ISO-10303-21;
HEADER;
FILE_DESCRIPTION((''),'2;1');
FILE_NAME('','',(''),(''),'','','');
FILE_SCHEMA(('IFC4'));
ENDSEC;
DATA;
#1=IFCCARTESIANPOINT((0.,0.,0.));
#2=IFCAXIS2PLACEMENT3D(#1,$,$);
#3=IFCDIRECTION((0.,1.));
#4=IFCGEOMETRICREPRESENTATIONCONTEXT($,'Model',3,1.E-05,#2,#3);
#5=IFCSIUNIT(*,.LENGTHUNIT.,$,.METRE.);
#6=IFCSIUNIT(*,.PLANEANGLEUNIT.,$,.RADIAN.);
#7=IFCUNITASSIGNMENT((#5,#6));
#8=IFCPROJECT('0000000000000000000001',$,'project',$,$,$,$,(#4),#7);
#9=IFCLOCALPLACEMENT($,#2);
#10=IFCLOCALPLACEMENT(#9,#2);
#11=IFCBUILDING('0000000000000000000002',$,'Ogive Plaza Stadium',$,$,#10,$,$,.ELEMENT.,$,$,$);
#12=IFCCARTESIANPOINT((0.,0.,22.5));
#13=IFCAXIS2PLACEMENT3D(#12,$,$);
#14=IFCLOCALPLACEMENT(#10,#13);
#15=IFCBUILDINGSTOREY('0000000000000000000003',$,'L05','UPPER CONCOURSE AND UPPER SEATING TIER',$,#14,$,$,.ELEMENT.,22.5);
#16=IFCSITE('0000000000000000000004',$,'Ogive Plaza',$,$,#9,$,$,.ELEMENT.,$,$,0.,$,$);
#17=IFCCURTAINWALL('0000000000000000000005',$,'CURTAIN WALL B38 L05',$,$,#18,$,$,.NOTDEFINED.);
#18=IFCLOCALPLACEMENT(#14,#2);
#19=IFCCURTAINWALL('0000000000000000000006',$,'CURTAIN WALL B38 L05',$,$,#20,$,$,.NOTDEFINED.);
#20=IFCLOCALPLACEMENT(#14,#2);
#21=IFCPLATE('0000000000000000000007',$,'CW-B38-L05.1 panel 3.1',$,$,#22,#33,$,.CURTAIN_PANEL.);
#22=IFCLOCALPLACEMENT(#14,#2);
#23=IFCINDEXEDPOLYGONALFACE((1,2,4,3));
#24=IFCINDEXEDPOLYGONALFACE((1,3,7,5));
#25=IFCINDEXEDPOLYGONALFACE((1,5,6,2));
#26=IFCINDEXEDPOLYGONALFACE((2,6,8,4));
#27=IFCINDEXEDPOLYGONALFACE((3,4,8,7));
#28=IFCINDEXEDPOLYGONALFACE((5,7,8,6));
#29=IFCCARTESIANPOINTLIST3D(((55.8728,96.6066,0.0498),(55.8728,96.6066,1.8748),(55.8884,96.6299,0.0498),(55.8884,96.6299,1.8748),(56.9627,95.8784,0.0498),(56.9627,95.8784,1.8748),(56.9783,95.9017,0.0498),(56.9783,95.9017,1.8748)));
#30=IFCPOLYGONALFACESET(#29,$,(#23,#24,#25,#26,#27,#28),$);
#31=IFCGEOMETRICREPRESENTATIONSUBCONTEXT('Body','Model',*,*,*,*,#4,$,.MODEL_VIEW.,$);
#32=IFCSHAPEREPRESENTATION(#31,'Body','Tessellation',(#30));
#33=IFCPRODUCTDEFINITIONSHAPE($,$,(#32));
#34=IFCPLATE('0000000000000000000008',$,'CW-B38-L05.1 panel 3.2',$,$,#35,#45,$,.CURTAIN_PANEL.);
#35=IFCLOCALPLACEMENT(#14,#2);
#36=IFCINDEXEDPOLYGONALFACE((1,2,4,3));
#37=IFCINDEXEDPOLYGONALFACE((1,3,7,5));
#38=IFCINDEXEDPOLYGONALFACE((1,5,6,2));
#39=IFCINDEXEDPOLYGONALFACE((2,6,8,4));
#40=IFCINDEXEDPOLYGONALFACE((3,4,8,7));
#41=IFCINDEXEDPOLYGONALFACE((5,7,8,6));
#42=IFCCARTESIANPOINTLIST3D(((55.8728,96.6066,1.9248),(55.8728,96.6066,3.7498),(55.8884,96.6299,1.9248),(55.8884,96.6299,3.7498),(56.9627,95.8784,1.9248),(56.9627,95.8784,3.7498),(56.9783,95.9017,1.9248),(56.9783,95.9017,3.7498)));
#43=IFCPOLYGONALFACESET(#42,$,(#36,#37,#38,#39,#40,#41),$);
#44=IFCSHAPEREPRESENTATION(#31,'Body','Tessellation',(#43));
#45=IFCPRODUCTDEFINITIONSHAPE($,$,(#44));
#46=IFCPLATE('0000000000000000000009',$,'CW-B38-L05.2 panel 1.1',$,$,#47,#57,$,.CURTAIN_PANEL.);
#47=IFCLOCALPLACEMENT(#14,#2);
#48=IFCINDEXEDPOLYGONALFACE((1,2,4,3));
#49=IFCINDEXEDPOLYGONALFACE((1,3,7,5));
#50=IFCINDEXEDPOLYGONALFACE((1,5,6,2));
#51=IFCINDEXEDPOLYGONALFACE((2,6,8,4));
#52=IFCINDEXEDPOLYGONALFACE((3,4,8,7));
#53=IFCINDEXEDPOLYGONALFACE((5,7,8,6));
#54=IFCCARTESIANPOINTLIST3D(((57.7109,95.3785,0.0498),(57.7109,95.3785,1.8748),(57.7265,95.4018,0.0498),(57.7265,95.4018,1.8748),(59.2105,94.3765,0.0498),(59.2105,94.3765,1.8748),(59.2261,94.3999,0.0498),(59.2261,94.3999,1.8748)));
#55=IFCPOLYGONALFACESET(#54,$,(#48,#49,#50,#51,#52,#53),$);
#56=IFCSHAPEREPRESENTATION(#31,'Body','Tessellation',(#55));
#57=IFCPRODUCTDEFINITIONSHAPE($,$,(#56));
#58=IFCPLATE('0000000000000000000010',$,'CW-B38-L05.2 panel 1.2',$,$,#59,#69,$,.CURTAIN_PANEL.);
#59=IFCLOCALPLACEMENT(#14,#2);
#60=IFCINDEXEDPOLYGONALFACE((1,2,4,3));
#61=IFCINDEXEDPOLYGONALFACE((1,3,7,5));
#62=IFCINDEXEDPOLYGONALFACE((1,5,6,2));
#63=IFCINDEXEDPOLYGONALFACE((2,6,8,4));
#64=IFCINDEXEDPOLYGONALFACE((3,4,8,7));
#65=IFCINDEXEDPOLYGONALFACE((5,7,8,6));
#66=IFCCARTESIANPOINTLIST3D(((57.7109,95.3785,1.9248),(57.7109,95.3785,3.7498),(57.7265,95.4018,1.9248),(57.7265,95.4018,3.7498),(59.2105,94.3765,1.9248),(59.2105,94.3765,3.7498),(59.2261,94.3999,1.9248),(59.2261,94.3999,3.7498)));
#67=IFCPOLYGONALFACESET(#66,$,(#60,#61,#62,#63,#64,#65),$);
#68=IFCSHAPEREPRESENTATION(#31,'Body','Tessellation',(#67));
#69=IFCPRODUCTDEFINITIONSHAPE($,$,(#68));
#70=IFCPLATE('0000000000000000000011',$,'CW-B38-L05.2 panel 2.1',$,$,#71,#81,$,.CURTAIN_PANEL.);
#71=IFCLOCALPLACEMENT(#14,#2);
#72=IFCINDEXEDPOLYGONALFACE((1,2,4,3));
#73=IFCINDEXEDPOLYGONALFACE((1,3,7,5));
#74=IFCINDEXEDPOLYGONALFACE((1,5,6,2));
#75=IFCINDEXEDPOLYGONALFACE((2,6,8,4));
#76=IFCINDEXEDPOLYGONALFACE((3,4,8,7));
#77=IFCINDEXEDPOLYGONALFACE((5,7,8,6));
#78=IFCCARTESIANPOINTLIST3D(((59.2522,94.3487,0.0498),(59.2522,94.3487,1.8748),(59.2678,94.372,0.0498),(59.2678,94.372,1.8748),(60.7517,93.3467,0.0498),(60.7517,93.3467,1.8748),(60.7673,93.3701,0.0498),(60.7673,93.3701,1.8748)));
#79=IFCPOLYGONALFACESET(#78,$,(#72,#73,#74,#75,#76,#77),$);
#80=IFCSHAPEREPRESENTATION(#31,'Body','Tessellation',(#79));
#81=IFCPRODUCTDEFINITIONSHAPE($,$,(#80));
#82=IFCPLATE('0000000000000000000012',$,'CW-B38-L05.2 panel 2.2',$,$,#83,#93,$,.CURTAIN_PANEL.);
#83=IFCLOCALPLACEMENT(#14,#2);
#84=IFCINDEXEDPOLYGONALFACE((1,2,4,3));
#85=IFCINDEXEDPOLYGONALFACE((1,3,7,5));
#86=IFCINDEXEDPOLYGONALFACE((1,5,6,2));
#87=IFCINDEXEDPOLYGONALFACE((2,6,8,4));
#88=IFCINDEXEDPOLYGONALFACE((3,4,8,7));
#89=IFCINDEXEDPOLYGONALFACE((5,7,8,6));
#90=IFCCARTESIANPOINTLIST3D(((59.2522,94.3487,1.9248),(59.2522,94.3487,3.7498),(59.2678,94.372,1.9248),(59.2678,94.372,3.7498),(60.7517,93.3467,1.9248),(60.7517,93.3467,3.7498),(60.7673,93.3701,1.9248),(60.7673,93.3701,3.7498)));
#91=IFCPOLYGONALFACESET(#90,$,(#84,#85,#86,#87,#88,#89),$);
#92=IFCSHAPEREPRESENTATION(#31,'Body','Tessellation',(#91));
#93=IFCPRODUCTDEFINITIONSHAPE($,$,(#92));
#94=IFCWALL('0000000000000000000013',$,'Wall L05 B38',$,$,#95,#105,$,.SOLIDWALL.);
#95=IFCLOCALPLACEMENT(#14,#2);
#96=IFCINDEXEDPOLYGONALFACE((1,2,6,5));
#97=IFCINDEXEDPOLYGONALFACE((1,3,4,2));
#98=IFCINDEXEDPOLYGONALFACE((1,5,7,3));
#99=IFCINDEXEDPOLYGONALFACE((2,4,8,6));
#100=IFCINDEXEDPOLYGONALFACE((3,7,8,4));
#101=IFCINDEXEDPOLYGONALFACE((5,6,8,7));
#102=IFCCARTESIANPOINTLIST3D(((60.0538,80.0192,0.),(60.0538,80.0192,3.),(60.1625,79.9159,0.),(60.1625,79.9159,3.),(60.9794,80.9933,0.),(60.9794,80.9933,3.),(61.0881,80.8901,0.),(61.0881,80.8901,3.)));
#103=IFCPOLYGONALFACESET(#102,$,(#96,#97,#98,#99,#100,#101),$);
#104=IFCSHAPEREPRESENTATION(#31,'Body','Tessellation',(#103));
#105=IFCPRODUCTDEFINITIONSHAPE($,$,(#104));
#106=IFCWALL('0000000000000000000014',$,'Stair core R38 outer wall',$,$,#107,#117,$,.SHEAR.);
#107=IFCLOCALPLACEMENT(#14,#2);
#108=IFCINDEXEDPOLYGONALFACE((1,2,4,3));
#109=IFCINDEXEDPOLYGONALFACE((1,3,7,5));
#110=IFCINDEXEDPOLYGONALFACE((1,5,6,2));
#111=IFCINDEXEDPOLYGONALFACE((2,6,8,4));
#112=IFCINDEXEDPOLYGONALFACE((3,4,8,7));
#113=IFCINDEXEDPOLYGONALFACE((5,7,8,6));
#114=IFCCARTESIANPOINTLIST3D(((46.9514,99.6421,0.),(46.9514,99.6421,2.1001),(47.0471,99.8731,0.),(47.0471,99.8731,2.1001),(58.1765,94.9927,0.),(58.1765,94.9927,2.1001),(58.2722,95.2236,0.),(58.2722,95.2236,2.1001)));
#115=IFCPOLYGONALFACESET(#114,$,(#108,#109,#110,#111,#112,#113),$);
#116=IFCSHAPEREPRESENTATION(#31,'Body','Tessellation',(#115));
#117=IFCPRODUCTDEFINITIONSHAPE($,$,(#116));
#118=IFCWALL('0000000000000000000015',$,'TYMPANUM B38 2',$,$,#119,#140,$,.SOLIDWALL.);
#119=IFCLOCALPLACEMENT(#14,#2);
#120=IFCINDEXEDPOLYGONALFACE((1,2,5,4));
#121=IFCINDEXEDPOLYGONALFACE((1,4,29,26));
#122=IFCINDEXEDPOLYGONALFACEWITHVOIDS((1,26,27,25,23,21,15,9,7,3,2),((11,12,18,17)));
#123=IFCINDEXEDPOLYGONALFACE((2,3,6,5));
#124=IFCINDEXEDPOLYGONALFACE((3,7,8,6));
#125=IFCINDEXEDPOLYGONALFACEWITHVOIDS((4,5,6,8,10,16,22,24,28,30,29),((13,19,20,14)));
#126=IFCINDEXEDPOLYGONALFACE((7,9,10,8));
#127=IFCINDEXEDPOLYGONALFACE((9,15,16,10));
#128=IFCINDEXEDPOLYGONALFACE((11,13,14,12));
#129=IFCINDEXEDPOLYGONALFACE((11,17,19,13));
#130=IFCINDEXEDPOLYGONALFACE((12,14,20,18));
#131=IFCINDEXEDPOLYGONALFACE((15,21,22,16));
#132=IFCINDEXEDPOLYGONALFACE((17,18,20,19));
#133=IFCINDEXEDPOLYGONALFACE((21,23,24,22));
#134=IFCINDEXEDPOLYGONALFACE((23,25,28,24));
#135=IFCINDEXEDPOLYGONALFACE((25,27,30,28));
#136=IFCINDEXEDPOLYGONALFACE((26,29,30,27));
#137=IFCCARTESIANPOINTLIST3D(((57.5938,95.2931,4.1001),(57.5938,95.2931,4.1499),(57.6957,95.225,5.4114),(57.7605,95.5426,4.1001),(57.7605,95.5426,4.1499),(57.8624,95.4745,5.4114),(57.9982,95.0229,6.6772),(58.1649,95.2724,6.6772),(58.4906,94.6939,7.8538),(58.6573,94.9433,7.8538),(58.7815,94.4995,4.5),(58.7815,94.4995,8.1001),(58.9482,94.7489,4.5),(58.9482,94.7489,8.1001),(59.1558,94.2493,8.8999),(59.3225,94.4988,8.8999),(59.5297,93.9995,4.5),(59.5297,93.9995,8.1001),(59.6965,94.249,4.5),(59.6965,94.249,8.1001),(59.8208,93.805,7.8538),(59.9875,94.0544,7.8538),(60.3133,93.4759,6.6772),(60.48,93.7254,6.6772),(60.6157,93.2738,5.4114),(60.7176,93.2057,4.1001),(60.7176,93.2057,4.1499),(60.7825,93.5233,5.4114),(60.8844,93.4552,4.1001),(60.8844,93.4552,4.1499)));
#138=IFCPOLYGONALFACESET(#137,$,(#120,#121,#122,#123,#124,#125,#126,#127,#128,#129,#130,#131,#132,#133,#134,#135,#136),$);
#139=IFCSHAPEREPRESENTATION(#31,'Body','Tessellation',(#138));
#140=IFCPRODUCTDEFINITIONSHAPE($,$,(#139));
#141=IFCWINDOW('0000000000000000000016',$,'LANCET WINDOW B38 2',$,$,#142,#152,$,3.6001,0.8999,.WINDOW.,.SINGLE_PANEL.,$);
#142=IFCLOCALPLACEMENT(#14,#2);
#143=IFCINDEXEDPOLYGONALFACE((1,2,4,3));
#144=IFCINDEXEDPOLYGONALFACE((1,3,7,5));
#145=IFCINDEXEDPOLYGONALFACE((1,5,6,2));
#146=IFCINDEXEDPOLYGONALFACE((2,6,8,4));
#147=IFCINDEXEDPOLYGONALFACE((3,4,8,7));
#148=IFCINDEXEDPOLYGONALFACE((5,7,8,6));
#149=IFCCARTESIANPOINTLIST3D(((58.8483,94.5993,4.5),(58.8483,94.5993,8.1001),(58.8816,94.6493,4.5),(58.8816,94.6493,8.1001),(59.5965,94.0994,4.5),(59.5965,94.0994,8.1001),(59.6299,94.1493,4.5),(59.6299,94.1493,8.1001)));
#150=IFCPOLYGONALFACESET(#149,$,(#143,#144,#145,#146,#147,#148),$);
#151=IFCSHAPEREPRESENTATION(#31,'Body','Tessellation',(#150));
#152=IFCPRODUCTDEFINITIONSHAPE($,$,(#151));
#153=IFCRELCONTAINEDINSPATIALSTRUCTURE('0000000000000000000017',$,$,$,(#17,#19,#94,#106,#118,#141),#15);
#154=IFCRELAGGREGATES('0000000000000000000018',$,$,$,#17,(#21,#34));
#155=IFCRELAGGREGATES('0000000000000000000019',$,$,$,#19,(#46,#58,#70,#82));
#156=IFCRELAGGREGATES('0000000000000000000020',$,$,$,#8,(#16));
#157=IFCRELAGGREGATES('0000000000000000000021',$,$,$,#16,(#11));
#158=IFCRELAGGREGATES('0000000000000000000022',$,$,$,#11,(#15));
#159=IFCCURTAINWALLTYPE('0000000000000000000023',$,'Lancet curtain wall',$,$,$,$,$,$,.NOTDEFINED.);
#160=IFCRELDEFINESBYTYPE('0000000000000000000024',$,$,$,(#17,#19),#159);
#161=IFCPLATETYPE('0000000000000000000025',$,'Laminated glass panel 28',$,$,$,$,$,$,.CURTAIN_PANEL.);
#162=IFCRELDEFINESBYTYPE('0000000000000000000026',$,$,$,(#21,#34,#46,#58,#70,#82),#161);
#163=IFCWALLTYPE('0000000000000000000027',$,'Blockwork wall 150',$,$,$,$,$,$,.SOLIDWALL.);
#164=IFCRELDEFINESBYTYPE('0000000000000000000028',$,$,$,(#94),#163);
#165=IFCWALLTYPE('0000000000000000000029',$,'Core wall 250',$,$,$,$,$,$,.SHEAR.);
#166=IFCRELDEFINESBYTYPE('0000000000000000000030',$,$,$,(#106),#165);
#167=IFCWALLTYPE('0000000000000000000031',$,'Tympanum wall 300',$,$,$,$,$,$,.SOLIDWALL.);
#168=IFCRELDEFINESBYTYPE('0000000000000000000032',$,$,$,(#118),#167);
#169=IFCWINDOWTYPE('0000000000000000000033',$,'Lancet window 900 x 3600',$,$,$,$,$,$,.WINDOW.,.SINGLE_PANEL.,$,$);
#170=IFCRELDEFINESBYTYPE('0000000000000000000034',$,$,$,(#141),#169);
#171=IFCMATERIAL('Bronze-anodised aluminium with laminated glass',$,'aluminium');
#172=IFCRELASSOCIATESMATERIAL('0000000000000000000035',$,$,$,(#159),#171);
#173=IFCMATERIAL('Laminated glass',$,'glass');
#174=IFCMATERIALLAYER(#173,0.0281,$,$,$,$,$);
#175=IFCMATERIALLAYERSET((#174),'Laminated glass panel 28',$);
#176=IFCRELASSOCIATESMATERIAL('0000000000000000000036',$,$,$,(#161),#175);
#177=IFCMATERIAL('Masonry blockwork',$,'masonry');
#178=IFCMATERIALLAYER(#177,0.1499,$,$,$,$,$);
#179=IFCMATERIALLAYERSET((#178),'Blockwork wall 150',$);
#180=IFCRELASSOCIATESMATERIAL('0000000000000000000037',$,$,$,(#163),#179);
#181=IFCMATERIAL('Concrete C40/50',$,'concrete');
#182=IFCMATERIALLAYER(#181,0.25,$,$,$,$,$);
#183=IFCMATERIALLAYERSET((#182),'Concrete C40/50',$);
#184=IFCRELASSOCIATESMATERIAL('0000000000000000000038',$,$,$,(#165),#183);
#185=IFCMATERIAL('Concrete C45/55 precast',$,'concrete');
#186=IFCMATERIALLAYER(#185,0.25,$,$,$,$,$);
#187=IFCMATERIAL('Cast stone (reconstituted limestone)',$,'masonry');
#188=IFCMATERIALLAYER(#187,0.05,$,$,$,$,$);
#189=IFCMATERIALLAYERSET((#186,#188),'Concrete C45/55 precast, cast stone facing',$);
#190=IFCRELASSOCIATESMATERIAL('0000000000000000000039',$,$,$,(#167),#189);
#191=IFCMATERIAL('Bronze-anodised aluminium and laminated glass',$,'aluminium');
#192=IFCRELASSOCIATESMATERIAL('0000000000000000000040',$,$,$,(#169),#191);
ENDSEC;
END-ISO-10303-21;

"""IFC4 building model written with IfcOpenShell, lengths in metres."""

from ifc_helpers import new_model, si_unit, direction, frame, frame_2d, origin, origin_2d, place, context, subcontext, project, spatial, polyline, rectangle, outline, extrude, material, layer, layer_set, type_object, element, fill, aggregate, save


model = new_model("IFC4")

# Units and contexts
model_context = context("Model", 3, precision=1e-05, world=origin(), true_north=direction((0.0, 1.0)))
body_context = subcontext(model_context, "Body", "Model", "MODEL_VIEW")
ifc_project = project(units=[si_unit("LENGTHUNIT", "METRE"), si_unit("PLANEANGLEUNIT", "RADIAN")], contexts=[model_context])

# Site, building, storey
site_placement = place(None, origin())
site = spatial("IfcSite", under=ifc_project, at=site_placement, Name="Ogive Plaza", CompositionType="ELEMENT", RefElevation=0.0)
building_placement = place(site_placement, origin())
building = spatial("IfcBuilding", under=site, at=building_placement, Name="Ogive Plaza Stadium", CompositionType="ELEMENT")
storey_placement = place(building_placement, frame((0.0, 0.0, 22.5)))
storey = spatial("IfcBuildingStorey", under=building, at=storey_placement, Name="L05", Description="UPPER CONCOURSE AND UPPER SEATING TIER", CompositionType="ELEMENT", Elevation=22.5)

# Curtain wall
ifc_material_1 = material(Name="Bronze-anodised aluminium with laminated glass", Category="aluminium")
curtain_wall_type = type_object("IfcCurtainWallType", Name="Lancet curtain wall", PredefinedType="NOTDEFINED", material=ifc_material_1)
curtain_wall_1_placement = place(storey_placement, origin())
curtain_wall_1 = element("IfcCurtainWall", 1, at=curtain_wall_1_placement, inside=storey, type_object=curtain_wall_type, Name="CURTAIN WALL B38 L05", PredefinedType="NOTDEFINED")

# Curtain wall
curtain_wall_2_placement = place(storey_placement, origin())
curtain_wall_2 = element("IfcCurtainWall", 2, at=curtain_wall_2_placement, inside=storey, type_object=curtain_wall_type, Name="CURTAIN WALL B38 L05", PredefinedType="NOTDEFINED")

# Plates
ifc_material_2 = material(Name="Laminated glass", Category="glass")
ifc_layer_1 = layer(ifc_material_2, 0.0281)
ifc_layer_set_1 = layer_set([ifc_layer_1], Name="Laminated glass panel 28")
plate_type = type_object("IfcPlateType", Name="Laminated glass panel 28", PredefinedType="CURTAIN_PANEL", material=ifc_layer_set_1)
plate_1_placement = place(storey_placement, frame((56.4255, 96.2542, 0.0498), z_axis=(0.0, 0.0, 1.0), x_axis=(0.83147, -0.55557, 0.0)))
plate_1 = element("IfcPlate", 3, at=plate_1_placement, type_object=plate_type, Name="CW-B38-L05.1 panel 3.1", PredefinedType="CURTAIN_PANEL", context=body_context, shape_type="SweptSolid", body=[
    extrude(rectangle(XDim=1.3108, YDim=0.0281, at=origin_2d()), origin(), (0.0, 0.0, 1.0), 1.825),
])
plate_2_placement = place(storey_placement, frame((56.4255, 96.2542, 1.9248), z_axis=(0.0, 0.0, 1.0), x_axis=(0.83147, -0.55557, 0.0)))
plate_2 = element("IfcPlate", 4, at=plate_2_placement, type_object=plate_type, Name="CW-B38-L05.1 panel 3.2", PredefinedType="CURTAIN_PANEL", context=body_context, shape_type="SweptSolid", body=[
    extrude(rectangle(XDim=1.3108, YDim=0.0281, at=origin_2d()), origin(), (0.0, 0.0, 1.0), 1.825),
])
aggregate(curtain_wall_1, [plate_1, plate_2])
plate_3_placement = place(storey_placement, frame((58.4685, 94.8892, 0.0498), z_axis=(0.0, 0.0, 1.0), x_axis=(0.83147, -0.55557, 0.0)))
plate_3 = element("IfcPlate", 5, at=plate_3_placement, type_object=plate_type, Name="CW-B38-L05.2 panel 1.1", PredefinedType="CURTAIN_PANEL", context=body_context, shape_type="SweptSolid", body=[
    extrude(rectangle(XDim=1.8035, YDim=0.0281, at=origin_2d()), origin(), (0.0, 0.0, 1.0), 1.825),
])
plate_4_placement = place(storey_placement, frame((58.4685, 94.8892, 1.9248), z_axis=(0.0, 0.0, 1.0), x_axis=(0.83147, -0.55557, 0.0)))
plate_4 = element("IfcPlate", 6, at=plate_4_placement, type_object=plate_type, Name="CW-B38-L05.2 panel 1.2", PredefinedType="CURTAIN_PANEL", context=body_context, shape_type="SweptSolid", body=[
    extrude(rectangle(XDim=1.8035, YDim=0.0281, at=origin_2d()), origin(), (0.0, 0.0, 1.0), 1.825),
])
plate_5_placement = place(storey_placement, frame((60.0098, 93.8594, 0.0498), z_axis=(0.0, 0.0, 1.0), x_axis=(0.83147, -0.55557, 0.0)))
plate_5 = element("IfcPlate", 7, at=plate_5_placement, type_object=plate_type, Name="CW-B38-L05.2 panel 2.1", PredefinedType="CURTAIN_PANEL", context=body_context, shape_type="SweptSolid", body=[
    extrude(rectangle(XDim=1.8035, YDim=0.0281, at=origin_2d()), origin(), (0.0, 0.0, 1.0), 1.825),
])
plate_6_placement = place(storey_placement, frame((60.0098, 93.8594, 1.9248), z_axis=(0.0, 0.0, 1.0), x_axis=(0.83147, -0.55557, 0.0)))
plate_6 = element("IfcPlate", 8, at=plate_6_placement, type_object=plate_type, Name="CW-B38-L05.2 panel 2.2", PredefinedType="CURTAIN_PANEL", context=body_context, shape_type="SweptSolid", body=[
    extrude(rectangle(XDim=1.8035, YDim=0.0281, at=origin_2d()), origin(), (0.0, 0.0, 1.0), 1.825),
])
aggregate(curtain_wall_2, [plate_3, plate_4, plate_5, plate_6])

# Walls
ifc_material_3 = material(Name="Masonry blockwork", Category="masonry")
ifc_layer_2 = layer(ifc_material_3, 0.1499)
ifc_layer_set_2 = layer_set([ifc_layer_2], Name="Blockwork wall 150")
wall_type_1 = type_object("IfcWallType", Name="Blockwork wall 150", PredefinedType="SOLIDWALL", material=ifc_layer_set_2)
wall_1_placement = place(storey_placement, frame((60.1082, 79.9675, 0.0), z_axis=(0.0, 0.0, 1.0), x_axis=(0.688797, 0.724954, 0.0)))
element("IfcWall", 9, at=wall_1_placement, inside=storey, type_object=wall_type_1, Name="Wall L05 B38", PredefinedType="SOLIDWALL", context=body_context, shape_type="SweptSolid", body=[
    extrude(rectangle(XDim=1.3438, YDim=0.1499, at=frame_2d((0.6719, 0.0))), origin(), (0.0, 0.0, 1.0), 3.0),
])
ifc_material_4 = material(Name="Concrete C40/50", Category="concrete")
ifc_layer_3 = layer(ifc_material_4, 0.25)
ifc_layer_set_3 = layer_set([ifc_layer_3], Name="Concrete C40/50")
wall_type_2 = type_object("IfcWallType", Name="Core wall 250", PredefinedType="SHEAR", material=ifc_layer_set_3)
wall_2_placement = place(storey_placement, frame((58.2244, 95.1082, 0.0), z_axis=(0.0, 0.0, 1.0), x_axis=(-0.923885, 0.382671, 0.0)))
element("IfcWall", 10, at=wall_2_placement, inside=storey, type_object=wall_type_2, Name="Stair core R38 outer wall", PredefinedType="SHEAR", context=body_context, shape_type="SweptSolid", body=[
    extrude(rectangle(XDim=12.1499, YDim=0.25, at=frame_2d((6.075, 0.0))), origin(), (0.0, 0.0, 1.0), 2.1001),
])

# Wall, opening, window
ifc_material_5 = material(Name="Concrete C45/55 precast", Category="concrete")
ifc_layer_4 = layer(ifc_material_5, 0.25)
ifc_material_6 = material(Name="Cast stone (reconstituted limestone)", Category="masonry")
ifc_layer_5 = layer(ifc_material_6, 0.05)
ifc_layer_set_4 = layer_set([ifc_layer_4, ifc_layer_5], Name="Concrete C45/55 precast, cast stone facing")
wall_type_3 = type_object("IfcWallType", Name="Tympanum wall 300", PredefinedType="SOLIDWALL", material=ifc_layer_set_4)
wall_3_placement = place(storey_placement, frame((57.6772, 95.418, 4.1001), z_axis=(0.0, 0.0, 1.0), x_axis=(0.83145, -0.5556, 0.0)))
wall_3 = element("IfcWall", 11, at=wall_3_placement, inside=storey, type_object=wall_type_3, Name="TYMPANUM B38 2", PredefinedType="SOLIDWALL", context=body_context, shape_type="SweptSolid", body=[
    extrude(outline(polyline([(0.0, 0.0), (3.7571, 0.0), (3.7571, 0.0498), (3.6345, 1.3113), (3.2708, 2.5771), (2.6785, 3.7537), (1.8787, 4.7998), (1.0786, 3.7537), (0.4863, 2.5771), (0.1226, 1.3113), (0.0, 0.0498), (0.0, 0.0)])), frame((0.0, 0.1499, 0.0), z_axis=(0.0, -1.0, 0.0), x_axis=(1.0, 0.0, 0.0)), (0.0, 0.0, 1.0), 0.3),
])
opening_placement = place(wall_3_placement, frame((1.4285, 0.0, 0.3999)))
opening = element("IfcOpeningElement", 12, at=opening_placement, cuts=wall_3, PredefinedType="OPENING", context=body_context, shape_type="SweptSolid", body=[
    extrude(rectangle(XDim=0.8999, YDim=3.6001, at=frame_2d((0.45, 1.8))), frame((0.0, 0.1602, 0.0), z_axis=(0.0, -1.0, 0.0), x_axis=(1.0, 0.0, 0.0)), (0.0, 0.0, 1.0), 0.3201),
])
ifc_material_7 = material(Name="Bronze-anodised aluminium and laminated glass", Category="aluminium")
window_type = type_object("IfcWindowType", Name="Lancet window 900 x 3600", PartitioningType="SINGLE_PANEL", PredefinedType="WINDOW", material=ifc_material_7)
window_placement = place(opening_placement, origin())
window = element("IfcWindow", 13, at=window_placement, inside=storey, type_object=window_type, Name="LANCET WINDOW B38 2", OverallHeight=3.6001, OverallWidth=0.8999, PartitioningType="SINGLE_PANEL", PredefinedType="WINDOW", context=body_context, shape_type="SweptSolid", body=[
    extrude(rectangle(XDim=0.8999, YDim=3.6001, at=frame_2d((0.45, 1.8))), frame((0.0, 0.03, 0.0), z_axis=(0.0, -1.0, 0.0), x_axis=(1.0, 0.0, 0.0)), (0.0, 0.0, 1.0), 0.0601),
])
fill(opening, window)

save(model, "model.ifc")
